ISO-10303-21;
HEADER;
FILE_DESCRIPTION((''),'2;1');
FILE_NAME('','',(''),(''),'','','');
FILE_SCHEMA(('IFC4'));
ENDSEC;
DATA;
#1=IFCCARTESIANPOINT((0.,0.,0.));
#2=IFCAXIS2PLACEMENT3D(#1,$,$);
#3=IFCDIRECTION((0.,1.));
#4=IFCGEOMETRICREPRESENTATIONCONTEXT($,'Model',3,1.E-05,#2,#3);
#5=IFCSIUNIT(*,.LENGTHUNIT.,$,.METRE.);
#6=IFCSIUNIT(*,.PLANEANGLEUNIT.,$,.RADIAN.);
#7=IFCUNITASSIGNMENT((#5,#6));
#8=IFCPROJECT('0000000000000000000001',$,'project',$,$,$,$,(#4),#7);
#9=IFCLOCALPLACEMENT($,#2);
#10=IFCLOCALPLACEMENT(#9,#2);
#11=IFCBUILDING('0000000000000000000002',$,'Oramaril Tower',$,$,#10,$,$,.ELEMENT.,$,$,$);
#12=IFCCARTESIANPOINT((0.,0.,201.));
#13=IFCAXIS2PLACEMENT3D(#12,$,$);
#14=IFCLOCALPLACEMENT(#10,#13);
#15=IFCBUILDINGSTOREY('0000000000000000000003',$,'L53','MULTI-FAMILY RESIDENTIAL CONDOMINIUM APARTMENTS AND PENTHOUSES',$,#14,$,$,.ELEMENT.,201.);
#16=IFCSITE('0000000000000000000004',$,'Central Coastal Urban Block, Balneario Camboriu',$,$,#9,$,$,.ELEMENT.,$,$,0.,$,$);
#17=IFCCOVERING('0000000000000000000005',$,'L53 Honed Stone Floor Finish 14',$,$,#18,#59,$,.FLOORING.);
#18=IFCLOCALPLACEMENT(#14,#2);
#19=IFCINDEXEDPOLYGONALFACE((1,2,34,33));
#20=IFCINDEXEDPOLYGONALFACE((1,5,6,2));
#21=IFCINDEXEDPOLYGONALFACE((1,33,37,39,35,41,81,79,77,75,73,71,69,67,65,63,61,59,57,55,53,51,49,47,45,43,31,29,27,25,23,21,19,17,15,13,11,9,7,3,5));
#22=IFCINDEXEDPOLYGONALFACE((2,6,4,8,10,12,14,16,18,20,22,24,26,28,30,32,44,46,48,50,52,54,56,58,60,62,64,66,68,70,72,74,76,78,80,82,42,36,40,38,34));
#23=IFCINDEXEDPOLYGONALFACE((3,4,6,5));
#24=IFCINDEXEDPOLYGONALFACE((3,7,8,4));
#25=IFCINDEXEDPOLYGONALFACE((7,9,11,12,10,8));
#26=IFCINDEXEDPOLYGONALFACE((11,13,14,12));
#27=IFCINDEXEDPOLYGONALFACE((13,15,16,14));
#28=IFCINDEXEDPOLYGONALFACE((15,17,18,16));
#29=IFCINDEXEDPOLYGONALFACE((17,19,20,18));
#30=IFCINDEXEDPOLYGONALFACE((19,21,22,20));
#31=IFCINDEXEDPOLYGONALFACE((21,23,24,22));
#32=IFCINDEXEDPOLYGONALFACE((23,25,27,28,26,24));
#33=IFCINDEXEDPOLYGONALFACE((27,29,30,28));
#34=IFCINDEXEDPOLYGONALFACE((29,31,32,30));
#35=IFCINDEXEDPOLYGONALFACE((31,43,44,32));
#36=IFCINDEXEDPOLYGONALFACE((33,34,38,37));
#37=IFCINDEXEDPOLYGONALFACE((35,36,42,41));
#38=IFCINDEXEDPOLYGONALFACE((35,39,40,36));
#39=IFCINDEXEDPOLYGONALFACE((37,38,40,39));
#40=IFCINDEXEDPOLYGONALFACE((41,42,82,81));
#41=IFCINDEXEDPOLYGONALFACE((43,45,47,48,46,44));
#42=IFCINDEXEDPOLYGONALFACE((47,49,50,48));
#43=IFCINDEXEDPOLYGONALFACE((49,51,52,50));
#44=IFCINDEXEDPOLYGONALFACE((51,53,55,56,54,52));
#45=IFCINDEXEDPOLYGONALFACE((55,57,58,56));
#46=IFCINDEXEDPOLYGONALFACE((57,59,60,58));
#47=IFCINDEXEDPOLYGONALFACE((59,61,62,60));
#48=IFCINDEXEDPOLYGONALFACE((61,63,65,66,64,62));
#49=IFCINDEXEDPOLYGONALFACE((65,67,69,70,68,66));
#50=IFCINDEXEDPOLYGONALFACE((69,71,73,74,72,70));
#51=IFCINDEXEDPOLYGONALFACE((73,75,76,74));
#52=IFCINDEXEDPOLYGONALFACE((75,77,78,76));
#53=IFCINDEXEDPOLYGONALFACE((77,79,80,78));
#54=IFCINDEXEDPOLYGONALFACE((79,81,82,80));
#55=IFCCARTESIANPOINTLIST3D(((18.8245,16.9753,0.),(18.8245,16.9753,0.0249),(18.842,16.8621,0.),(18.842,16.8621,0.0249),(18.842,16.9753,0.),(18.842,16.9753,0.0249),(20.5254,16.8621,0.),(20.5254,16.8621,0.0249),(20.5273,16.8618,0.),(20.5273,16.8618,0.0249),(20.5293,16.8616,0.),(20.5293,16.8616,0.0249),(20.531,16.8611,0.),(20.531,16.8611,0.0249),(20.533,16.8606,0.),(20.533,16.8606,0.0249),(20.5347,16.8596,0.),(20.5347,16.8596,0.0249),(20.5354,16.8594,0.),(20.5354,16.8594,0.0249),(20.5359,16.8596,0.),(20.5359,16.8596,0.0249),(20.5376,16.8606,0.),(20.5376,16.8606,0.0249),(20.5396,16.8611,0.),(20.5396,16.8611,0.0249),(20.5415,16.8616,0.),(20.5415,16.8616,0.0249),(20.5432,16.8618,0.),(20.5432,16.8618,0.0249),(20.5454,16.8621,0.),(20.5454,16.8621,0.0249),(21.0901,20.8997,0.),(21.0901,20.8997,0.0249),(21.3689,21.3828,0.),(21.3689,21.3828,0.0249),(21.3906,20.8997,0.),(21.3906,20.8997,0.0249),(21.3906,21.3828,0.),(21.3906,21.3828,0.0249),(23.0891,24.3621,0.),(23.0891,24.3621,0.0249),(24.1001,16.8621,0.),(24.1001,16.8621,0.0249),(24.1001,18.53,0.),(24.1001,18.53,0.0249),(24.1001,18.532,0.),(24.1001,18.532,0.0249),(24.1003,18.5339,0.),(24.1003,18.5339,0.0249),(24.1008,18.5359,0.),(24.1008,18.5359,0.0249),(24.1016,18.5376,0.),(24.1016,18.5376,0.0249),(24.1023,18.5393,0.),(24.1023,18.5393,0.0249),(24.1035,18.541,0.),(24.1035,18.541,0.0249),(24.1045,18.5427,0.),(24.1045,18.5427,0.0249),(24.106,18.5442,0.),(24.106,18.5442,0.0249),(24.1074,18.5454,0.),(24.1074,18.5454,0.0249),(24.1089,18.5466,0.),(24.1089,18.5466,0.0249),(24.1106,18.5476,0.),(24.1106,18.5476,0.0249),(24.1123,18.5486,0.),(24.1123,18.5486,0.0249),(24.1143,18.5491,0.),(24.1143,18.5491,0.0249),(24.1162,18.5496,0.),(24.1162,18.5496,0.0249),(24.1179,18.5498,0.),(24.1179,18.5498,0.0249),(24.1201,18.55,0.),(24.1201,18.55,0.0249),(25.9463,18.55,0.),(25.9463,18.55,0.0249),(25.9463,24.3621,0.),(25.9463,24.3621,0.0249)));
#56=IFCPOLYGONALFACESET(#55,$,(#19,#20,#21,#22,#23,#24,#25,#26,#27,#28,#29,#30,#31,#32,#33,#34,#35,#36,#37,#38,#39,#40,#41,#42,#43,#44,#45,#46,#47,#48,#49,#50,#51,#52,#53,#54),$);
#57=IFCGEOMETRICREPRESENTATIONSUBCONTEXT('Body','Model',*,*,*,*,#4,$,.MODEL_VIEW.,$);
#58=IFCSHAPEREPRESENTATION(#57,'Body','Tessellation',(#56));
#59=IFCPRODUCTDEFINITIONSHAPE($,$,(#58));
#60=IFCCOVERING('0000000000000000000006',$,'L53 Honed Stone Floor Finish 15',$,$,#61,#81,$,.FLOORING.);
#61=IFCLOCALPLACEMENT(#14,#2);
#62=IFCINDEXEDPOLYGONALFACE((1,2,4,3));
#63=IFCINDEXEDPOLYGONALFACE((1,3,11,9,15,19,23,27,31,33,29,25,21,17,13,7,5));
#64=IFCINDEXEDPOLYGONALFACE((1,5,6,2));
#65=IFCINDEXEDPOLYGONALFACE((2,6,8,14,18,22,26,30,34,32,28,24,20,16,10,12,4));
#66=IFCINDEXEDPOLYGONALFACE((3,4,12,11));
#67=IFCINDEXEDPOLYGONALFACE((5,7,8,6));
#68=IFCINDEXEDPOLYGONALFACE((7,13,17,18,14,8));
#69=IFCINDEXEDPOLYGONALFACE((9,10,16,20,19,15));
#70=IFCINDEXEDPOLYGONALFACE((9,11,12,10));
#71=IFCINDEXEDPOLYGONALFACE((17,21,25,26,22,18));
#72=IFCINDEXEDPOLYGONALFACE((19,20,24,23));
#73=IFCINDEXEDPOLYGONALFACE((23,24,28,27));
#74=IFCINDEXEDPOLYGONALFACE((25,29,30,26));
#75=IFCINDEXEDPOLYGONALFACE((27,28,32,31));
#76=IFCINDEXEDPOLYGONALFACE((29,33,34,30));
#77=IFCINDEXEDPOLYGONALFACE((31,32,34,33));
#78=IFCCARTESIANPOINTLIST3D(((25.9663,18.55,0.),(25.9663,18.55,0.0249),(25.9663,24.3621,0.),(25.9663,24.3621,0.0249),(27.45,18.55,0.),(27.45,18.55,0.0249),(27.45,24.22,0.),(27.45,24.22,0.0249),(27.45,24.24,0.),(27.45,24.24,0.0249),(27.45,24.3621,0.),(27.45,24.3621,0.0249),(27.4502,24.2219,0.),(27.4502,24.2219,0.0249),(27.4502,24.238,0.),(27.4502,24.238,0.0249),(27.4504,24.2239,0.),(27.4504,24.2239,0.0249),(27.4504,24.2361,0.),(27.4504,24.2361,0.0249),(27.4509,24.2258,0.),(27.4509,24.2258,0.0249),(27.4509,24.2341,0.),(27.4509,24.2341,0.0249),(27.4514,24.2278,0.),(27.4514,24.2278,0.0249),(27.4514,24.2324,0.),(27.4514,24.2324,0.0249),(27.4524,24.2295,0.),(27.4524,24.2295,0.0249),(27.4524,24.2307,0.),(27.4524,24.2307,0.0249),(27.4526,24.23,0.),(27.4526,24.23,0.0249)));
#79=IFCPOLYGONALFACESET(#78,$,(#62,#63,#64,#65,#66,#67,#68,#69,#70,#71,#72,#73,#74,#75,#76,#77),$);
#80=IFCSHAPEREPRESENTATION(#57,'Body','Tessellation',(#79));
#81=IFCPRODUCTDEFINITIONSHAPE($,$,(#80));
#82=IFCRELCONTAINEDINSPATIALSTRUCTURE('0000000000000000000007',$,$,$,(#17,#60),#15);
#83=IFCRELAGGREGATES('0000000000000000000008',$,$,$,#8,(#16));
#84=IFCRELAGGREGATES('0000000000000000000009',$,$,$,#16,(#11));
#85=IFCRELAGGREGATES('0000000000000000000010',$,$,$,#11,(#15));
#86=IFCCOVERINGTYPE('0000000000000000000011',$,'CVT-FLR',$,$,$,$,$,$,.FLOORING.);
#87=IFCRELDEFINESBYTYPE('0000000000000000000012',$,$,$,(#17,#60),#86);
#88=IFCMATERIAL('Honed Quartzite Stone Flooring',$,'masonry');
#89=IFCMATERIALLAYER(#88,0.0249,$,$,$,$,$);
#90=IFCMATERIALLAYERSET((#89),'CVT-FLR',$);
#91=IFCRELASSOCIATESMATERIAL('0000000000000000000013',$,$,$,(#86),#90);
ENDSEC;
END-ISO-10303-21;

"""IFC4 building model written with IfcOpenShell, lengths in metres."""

from ifc_helpers import new_model, si_unit, direction, frame, origin, place, context, subcontext, project, spatial, polyline, outline, extrude, material, layer, layer_set, type_object, element, save


model = new_model("IFC4")

# Units and contexts
model_context = context("Model", 3, precision=1e-05, world=origin(), true_north=direction((0.0, 1.0)))
body_context = subcontext(model_context, "Body", "Model", "MODEL_VIEW")
ifc_project = project(units=[si_unit("LENGTHUNIT", "METRE"), si_unit("PLANEANGLEUNIT", "RADIAN")], contexts=[model_context])

# Site, building, storey
site_placement = place(None, origin())
site = spatial("IfcSite", under=ifc_project, at=site_placement, Name="Central Coastal Urban Block, Balneario Camboriu", CompositionType="ELEMENT", RefElevation=0.0)
building_placement = place(site_placement, origin())
building = spatial("IfcBuilding", under=site, at=building_placement, Name="Oramaril Tower", CompositionType="ELEMENT")
storey_placement = place(building_placement, frame((0.0, 0.0, 201.0)))
storey = spatial("IfcBuildingStorey", under=building, at=storey_placement, Name="L53", Description="MULTI-FAMILY RESIDENTIAL CONDOMINIUM APARTMENTS AND PENTHOUSES", CompositionType="ELEMENT", Elevation=201.0)

# Coverings
ifc_material_1 = material(Name="Honed Quartzite Stone Flooring", Category="masonry")
ifc_layer_1 = layer(ifc_material_1, 0.0249)
ifc_layer_set_1 = layer_set([ifc_layer_1], Name="CVT-FLR")
covering_type_1 = type_object("IfcCoveringType", Name="CVT-FLR", PredefinedType="FLOORING", material=ifc_layer_set_1)
covering_1_placement = place(storey_placement, origin())
element("IfcCovering", 1, at=covering_1_placement, inside=storey, type_object=covering_type_1, Name="L53 Honed Stone Floor Finish 14", PredefinedType="FLOORING", context=body_context, shape_type="SweptSolid", body=[
    extrude(outline(polyline([(18.842, 16.9753), (18.8245, 16.9753), (21.0901, 20.8997), (21.3906, 20.8997), (21.3906, 21.3828), (21.3689, 21.3828), (23.0891, 24.3621), (25.9463, 24.3621), (25.9463, 18.55), (24.1201, 18.55), (24.1179, 18.5498), (24.1162, 18.5496), (24.1143, 18.5491), (24.1123, 18.5486), (24.1106, 18.5476), (24.1089, 18.5466), (24.1074, 18.5454), (24.106, 18.5442), (24.1045, 18.5427), (24.1035, 18.541), (24.1023, 18.5393), (24.1016, 18.5376), (24.1008, 18.5359), (24.1003, 18.5339), (24.1001, 18.532), (24.1001, 18.53), (24.1001, 16.8621), (20.5454, 16.8621), (20.5432, 16.8618), (20.5415, 16.8616), (20.5396, 16.8611), (20.5376, 16.8606), (20.5359, 16.8596), (20.5354, 16.8594), (20.5347, 16.8596), (20.533, 16.8606), (20.531, 16.8611), (20.5293, 16.8616), (20.5273, 16.8618), (20.5254, 16.8621), (18.842, 16.8621), (18.842, 16.9753)])), origin(), (0.0, 0.0, 1.0), 0.0249),
])
covering_2_placement = place(storey_placement, origin())
element("IfcCovering", 2, at=covering_2_placement, inside=storey, type_object=covering_type_1, Name="L53 Honed Stone Floor Finish 15", PredefinedType="FLOORING", context=body_context, shape_type="SweptSolid", body=[
    extrude(outline(polyline([(27.45, 24.3621), (27.45, 24.24), (27.4502, 24.238), (27.4504, 24.2361), (27.4509, 24.2341), (27.4514, 24.2324), (27.4524, 24.2307), (27.4526, 24.23), (27.4524, 24.2295), (27.4514, 24.2278), (27.4509, 24.2258), (27.4504, 24.2239), (27.4502, 24.2219), (27.45, 24.22), (27.45, 18.55), (25.9663, 18.55), (25.9663, 24.3621), (27.45, 24.3621)])), origin(), (0.0, 0.0, 1.0), 0.0249),
])

save(model, "model.ifc")
